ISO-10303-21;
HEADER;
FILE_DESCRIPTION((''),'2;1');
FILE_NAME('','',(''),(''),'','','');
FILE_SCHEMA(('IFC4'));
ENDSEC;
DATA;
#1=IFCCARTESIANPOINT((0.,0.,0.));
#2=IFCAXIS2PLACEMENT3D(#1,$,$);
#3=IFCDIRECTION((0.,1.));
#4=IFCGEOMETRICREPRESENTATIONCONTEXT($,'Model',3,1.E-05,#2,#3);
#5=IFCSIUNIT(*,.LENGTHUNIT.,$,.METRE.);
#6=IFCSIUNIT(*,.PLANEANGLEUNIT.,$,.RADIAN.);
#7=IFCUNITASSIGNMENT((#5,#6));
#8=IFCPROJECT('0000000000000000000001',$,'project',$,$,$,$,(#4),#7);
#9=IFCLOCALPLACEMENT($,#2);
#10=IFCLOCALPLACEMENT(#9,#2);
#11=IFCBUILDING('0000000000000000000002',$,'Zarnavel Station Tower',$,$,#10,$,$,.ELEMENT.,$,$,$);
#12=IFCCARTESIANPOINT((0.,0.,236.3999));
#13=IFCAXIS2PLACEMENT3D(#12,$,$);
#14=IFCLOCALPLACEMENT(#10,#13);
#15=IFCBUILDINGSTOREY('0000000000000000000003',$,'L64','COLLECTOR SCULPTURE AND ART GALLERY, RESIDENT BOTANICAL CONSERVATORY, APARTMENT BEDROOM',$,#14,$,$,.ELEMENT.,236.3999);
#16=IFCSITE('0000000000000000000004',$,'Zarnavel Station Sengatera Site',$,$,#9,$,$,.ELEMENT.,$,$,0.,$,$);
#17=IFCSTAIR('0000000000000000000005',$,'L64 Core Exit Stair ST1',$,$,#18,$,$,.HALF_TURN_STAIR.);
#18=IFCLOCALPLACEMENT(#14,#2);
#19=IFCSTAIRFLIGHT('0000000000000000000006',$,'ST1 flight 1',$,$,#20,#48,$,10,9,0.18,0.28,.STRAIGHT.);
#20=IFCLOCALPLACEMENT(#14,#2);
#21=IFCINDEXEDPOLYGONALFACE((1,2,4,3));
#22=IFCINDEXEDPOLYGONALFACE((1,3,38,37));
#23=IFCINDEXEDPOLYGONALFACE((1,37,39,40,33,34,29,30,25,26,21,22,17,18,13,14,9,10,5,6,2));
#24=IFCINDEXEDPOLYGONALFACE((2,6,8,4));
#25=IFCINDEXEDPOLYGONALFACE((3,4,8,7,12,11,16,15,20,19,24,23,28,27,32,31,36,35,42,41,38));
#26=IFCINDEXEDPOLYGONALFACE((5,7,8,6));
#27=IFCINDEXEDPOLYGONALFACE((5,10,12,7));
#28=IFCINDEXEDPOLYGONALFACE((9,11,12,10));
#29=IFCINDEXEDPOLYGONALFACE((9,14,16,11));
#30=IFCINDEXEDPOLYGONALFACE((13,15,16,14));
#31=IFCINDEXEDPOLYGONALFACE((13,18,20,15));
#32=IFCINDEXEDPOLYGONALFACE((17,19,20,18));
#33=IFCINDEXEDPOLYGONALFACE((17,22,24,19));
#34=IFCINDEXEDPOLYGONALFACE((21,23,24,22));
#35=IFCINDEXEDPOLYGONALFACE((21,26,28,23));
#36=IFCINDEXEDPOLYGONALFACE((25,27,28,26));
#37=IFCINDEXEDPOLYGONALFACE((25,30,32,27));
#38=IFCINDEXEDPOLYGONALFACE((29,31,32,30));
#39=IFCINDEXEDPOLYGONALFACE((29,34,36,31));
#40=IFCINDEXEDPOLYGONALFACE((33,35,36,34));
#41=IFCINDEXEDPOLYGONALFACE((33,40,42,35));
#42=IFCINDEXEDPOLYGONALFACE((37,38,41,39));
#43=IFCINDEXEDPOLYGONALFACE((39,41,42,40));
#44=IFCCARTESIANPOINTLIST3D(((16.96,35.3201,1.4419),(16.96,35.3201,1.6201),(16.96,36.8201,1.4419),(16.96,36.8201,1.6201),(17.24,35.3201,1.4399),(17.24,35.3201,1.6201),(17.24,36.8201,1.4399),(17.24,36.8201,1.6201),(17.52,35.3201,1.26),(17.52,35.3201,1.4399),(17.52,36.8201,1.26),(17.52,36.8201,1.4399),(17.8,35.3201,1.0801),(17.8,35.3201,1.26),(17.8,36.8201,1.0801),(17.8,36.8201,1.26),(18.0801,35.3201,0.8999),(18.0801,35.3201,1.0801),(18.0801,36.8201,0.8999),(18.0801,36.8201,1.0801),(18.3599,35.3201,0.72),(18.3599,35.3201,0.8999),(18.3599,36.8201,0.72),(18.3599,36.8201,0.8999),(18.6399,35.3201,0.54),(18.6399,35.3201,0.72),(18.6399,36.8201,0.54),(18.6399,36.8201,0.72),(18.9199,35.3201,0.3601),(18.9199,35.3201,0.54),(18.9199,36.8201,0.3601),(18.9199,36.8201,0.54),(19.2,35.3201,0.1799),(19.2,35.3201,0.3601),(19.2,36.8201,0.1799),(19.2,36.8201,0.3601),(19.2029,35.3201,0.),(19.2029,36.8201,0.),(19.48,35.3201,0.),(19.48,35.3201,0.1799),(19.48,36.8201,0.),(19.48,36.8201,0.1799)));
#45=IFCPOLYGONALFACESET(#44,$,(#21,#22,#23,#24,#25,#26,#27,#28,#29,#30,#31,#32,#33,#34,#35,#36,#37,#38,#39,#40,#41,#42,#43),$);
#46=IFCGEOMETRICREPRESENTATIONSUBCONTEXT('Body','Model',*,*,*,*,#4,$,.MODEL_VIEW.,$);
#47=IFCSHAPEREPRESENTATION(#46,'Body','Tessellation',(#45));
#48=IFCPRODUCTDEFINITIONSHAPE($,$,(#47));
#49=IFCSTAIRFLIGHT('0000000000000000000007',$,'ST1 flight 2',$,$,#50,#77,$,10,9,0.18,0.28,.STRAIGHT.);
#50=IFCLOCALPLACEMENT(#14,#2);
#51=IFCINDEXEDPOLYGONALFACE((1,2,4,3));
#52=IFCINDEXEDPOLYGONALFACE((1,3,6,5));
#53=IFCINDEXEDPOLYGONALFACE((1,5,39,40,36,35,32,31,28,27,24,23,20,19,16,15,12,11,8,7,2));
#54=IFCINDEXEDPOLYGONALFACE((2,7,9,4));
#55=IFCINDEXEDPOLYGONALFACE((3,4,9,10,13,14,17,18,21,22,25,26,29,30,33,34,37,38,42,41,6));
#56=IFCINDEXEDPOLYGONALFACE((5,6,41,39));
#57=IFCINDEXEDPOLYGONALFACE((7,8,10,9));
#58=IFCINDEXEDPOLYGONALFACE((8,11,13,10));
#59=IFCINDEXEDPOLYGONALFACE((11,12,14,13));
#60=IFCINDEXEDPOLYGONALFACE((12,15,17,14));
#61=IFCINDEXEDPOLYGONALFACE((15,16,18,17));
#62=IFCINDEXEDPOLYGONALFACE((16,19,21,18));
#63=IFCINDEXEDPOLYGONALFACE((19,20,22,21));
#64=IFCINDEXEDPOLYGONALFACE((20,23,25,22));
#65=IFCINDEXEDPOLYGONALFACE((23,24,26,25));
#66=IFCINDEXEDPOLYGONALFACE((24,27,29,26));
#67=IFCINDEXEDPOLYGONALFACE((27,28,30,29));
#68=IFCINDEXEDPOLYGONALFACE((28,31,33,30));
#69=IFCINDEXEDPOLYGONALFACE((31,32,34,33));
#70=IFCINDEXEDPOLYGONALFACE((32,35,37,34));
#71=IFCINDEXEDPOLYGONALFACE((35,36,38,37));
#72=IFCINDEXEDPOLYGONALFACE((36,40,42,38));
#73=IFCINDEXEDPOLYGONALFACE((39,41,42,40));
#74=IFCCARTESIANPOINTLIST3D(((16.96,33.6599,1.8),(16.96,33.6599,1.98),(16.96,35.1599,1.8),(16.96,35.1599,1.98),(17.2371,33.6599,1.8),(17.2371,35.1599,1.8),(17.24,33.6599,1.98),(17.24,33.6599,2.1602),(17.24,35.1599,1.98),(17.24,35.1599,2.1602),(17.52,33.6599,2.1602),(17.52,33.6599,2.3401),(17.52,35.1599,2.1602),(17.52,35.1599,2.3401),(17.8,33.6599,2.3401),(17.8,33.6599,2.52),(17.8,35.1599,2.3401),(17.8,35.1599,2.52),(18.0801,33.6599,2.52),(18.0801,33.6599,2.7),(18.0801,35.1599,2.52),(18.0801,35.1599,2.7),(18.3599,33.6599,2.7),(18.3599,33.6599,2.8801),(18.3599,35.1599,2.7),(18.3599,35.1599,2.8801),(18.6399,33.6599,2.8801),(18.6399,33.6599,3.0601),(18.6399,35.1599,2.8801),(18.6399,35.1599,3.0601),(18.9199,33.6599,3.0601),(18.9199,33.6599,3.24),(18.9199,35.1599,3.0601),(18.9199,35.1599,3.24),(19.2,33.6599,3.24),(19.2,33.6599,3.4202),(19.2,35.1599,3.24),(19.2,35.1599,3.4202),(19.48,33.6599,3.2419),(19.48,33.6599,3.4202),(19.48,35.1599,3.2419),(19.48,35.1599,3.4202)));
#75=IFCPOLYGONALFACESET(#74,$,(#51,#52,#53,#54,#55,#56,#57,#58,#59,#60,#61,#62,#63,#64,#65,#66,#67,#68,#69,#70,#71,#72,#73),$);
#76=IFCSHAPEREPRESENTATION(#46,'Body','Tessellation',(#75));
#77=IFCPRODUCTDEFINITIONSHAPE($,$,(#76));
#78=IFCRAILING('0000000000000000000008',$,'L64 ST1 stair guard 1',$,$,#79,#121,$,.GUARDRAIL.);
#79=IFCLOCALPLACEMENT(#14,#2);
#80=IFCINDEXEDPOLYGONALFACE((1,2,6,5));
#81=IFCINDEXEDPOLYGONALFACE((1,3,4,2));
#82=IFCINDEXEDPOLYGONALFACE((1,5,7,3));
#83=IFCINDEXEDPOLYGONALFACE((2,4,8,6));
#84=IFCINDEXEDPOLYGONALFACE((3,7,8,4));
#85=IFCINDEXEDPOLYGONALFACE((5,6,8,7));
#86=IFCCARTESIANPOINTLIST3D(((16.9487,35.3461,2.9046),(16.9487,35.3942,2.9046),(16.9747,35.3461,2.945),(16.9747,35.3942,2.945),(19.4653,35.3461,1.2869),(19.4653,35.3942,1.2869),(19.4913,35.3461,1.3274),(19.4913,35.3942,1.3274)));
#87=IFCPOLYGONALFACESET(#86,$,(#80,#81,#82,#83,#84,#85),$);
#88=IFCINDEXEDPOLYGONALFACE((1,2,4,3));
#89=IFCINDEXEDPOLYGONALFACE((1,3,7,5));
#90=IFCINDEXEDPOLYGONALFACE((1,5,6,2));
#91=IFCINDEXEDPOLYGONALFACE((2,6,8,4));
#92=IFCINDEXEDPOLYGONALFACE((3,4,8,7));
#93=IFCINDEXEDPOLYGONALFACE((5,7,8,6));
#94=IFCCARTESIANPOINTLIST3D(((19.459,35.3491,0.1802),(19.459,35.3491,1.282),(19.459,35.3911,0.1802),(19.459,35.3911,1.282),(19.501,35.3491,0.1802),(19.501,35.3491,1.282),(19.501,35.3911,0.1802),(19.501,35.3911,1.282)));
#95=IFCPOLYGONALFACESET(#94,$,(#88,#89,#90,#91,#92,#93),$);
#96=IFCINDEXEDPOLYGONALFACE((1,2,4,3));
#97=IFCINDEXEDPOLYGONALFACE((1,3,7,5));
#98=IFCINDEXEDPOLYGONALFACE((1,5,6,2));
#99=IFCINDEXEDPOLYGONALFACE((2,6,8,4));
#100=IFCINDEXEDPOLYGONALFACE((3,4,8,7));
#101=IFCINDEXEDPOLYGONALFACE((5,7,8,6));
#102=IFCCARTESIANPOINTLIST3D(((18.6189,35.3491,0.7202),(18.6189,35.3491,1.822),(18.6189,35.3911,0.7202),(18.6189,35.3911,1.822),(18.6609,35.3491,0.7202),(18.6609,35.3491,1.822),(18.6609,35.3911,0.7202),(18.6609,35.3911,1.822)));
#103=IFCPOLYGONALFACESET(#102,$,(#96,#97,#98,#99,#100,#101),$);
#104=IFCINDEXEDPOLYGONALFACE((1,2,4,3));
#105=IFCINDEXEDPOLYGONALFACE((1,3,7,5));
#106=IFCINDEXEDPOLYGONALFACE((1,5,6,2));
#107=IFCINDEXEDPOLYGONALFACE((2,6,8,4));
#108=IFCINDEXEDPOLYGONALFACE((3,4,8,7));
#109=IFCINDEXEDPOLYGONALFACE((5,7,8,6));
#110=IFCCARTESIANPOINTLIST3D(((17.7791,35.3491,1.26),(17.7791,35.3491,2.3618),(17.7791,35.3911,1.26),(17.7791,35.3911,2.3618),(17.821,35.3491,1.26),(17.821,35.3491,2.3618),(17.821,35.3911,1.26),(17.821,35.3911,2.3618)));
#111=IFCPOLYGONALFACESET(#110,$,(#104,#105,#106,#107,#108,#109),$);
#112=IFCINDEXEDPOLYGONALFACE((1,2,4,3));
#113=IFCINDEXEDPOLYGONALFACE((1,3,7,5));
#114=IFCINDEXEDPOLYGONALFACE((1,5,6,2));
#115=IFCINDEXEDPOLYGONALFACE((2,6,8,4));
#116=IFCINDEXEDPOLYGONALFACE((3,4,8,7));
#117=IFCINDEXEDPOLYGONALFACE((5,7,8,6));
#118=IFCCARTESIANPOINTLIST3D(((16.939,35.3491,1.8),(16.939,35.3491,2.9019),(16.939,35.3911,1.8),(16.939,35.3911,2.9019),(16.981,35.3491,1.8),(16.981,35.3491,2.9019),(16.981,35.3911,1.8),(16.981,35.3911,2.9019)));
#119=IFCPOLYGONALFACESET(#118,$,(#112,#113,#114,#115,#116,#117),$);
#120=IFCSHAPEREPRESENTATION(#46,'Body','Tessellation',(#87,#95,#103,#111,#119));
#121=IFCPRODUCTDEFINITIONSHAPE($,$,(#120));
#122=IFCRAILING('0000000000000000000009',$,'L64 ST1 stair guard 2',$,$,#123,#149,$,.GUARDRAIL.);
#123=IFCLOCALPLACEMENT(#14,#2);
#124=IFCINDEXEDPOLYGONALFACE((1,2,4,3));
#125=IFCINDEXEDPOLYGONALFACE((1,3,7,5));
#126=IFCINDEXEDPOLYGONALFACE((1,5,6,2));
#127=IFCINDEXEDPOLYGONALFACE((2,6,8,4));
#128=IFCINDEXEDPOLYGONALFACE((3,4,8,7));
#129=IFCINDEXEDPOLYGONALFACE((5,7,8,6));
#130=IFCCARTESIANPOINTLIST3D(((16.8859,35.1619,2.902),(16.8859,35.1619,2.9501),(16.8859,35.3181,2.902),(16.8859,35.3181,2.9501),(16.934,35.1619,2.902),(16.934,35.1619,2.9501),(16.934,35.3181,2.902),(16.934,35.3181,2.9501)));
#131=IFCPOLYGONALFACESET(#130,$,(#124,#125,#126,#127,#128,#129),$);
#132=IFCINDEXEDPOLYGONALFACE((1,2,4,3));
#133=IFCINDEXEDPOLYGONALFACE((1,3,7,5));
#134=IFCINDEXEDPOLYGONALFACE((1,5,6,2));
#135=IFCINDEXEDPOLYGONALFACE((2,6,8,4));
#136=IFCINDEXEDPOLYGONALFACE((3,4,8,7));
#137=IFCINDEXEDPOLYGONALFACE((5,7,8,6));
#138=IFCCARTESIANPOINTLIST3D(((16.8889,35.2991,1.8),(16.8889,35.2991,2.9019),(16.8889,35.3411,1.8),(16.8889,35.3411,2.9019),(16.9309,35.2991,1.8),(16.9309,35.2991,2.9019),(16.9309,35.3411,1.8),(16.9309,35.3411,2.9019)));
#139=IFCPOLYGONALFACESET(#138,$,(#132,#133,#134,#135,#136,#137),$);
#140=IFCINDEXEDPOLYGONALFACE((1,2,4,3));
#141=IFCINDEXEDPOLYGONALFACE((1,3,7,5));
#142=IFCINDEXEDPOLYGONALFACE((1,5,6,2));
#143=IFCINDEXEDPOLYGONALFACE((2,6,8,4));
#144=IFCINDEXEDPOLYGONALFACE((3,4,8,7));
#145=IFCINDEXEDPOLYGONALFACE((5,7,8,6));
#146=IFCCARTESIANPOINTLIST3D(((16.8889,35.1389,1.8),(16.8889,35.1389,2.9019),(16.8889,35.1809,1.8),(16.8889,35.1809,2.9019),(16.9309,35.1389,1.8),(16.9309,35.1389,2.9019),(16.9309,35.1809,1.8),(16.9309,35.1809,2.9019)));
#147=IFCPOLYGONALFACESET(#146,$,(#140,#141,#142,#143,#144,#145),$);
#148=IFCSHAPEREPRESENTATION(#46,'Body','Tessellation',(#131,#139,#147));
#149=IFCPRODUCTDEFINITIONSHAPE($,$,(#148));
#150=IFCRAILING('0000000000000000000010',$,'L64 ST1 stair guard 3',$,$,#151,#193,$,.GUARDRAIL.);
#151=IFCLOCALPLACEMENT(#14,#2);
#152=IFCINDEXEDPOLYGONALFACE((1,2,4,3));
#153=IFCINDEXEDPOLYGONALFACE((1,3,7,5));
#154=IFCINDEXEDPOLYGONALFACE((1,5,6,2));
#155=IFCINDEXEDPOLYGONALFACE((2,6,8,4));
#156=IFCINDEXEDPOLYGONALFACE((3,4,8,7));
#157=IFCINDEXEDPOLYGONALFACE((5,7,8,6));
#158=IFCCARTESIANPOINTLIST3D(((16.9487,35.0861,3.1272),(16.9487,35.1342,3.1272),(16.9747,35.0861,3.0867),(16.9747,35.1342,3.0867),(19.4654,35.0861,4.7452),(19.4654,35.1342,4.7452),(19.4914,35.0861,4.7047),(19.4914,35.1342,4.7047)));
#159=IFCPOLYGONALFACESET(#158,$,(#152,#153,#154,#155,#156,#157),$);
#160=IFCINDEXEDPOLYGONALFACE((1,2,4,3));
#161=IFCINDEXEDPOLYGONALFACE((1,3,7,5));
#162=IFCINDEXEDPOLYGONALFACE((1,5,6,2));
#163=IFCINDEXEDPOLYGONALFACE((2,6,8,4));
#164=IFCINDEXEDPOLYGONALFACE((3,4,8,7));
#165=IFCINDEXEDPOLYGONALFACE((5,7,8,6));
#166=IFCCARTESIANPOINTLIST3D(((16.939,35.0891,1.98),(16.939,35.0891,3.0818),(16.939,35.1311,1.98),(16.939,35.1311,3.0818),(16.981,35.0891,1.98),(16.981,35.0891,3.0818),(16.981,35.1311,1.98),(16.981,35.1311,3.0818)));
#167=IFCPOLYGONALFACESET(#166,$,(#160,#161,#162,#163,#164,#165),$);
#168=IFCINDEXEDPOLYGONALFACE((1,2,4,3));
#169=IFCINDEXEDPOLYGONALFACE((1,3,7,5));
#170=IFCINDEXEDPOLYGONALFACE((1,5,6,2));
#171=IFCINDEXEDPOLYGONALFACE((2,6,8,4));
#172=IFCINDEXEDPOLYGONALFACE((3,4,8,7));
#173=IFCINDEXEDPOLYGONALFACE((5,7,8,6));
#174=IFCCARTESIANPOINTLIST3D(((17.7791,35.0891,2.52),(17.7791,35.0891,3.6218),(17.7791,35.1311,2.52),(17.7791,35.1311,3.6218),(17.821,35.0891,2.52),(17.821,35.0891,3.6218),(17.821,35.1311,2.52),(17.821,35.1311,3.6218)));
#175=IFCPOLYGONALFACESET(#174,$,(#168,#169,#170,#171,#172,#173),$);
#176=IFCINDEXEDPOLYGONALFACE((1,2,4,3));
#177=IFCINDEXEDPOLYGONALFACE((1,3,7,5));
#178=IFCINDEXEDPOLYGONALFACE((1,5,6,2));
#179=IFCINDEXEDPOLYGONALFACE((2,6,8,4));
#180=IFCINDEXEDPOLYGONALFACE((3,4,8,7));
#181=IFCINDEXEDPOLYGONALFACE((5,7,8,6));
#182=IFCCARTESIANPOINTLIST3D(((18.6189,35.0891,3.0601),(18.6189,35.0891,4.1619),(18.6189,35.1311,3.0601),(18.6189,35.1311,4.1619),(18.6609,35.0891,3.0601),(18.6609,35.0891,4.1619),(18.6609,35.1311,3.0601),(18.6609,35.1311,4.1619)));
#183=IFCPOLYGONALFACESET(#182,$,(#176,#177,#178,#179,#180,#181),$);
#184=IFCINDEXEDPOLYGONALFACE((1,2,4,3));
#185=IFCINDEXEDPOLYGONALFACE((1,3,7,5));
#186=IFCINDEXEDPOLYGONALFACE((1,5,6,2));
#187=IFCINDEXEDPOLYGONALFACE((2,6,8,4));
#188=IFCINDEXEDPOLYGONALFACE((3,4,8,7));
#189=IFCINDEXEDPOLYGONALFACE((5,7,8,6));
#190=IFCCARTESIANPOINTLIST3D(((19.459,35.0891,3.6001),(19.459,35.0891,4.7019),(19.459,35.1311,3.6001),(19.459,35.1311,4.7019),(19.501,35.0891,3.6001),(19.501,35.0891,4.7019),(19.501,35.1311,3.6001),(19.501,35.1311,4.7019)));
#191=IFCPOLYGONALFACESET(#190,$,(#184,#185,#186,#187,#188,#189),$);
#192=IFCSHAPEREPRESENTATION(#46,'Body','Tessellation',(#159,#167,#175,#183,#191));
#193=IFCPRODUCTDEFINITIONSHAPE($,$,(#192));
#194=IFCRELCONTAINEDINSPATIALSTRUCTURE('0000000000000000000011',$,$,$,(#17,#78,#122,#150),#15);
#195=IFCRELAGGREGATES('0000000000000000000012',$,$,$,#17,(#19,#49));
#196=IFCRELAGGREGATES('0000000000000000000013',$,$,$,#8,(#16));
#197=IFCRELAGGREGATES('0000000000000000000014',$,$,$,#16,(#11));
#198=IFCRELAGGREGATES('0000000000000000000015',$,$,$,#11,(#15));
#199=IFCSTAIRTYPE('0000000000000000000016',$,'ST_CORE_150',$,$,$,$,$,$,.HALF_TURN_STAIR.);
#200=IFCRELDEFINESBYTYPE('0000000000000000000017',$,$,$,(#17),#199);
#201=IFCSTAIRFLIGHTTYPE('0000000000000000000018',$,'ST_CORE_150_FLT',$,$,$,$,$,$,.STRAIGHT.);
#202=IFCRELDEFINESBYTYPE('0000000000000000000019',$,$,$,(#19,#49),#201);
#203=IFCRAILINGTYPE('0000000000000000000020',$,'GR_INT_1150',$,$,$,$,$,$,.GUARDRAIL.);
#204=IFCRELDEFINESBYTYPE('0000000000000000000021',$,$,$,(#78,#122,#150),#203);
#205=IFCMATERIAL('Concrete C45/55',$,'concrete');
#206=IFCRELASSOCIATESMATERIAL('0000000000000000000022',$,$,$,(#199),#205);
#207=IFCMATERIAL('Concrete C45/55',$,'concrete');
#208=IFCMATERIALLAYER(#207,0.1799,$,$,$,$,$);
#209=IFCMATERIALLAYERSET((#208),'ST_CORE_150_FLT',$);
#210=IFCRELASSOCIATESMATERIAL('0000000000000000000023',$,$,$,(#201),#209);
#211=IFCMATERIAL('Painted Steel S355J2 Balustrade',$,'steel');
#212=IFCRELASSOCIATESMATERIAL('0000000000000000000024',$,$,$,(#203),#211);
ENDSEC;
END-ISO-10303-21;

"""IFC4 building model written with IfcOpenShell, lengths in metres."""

from ifc_helpers import new_model, si_unit, direction, frame, origin, origin_2d, place, context, subcontext, project, spatial, polyline, rectangle, outline, extrude, material, layer, layer_set, type_object, element, aggregate, save


model = new_model("IFC4")

# Units and contexts
model_context = context("Model", 3, precision=1e-05, world=origin(), true_north=direction((0.0, 1.0)))
body_context = subcontext(model_context, "Body", "Model", "MODEL_VIEW")
ifc_project = project(units=[si_unit("LENGTHUNIT", "METRE"), si_unit("PLANEANGLEUNIT", "RADIAN")], contexts=[model_context])

# Site, building, storey
site_placement = place(None, origin())
site = spatial("IfcSite", under=ifc_project, at=site_placement, Name="Zarnavel Station Sengatera Site", CompositionType="ELEMENT", RefElevation=0.0)
building_placement = place(site_placement, origin())
building = spatial("IfcBuilding", under=site, at=building_placement, Name="Zarnavel Station Tower", CompositionType="ELEMENT")
storey_placement = place(building_placement, frame((0.0, 0.0, 236.3999)))
storey = spatial("IfcBuildingStorey", under=building, at=storey_placement, Name="L64", Description="COLLECTOR SCULPTURE AND ART GALLERY, RESIDENT BOTANICAL CONSERVATORY, APARTMENT BEDROOM", CompositionType="ELEMENT", Elevation=236.3999)

# Stair, stair flights
ifc_material_1 = material(Name="Concrete C45/55", Category="concrete")
stair_type = type_object("IfcStairType", Name="ST_CORE_150", PredefinedType="HALF_TURN_STAIR", material=ifc_material_1)
stair_placement = place(storey_placement, origin())
stair = element("IfcStair", 1, at=stair_placement, inside=storey, type_object=stair_type, Name="L64 Core Exit Stair ST1", PredefinedType="HALF_TURN_STAIR")
ifc_material_2 = material(Name="Concrete C45/55", Category="concrete")
ifc_layer_1 = layer(ifc_material_2, 0.1799)
ifc_layer_set_1 = layer_set([ifc_layer_1], Name="ST_CORE_150_FLT")
stair_flight_type = type_object("IfcStairFlightType", Name="ST_CORE_150_FLT", PredefinedType="STRAIGHT", material=ifc_layer_set_1)
stair_flight_1_placement = place(storey_placement, frame((19.48, 36.0701, 0.0), z_axis=(0.0, 0.0, 1.0), x_axis=(-1.0, 0.0, 0.0)))
stair_flight_1 = element("IfcStairFlight", 2, at=stair_flight_1_placement, type_object=stair_flight_type, Name="ST1 flight 1", NumberOfRisers=10, NumberOfTreads=9, PredefinedType="STRAIGHT", RiserHeight=0.18, TreadLength=0.28, context=body_context, shape_type="SweptSolid", body=[
    extrude(outline(polyline([(0.0, 0.0), (0.0, 0.1799), (0.28, 0.1799), (0.28, 0.3601), (0.5601, 0.3601), (0.5601, 0.54), (0.8401, 0.54), (0.8401, 0.72), (1.1201, 0.72), (1.1201, 0.8999), (1.3999, 0.8999), (1.3999, 1.0801), (1.6799, 1.0801), (1.6799, 1.26), (1.96, 1.26), (1.96, 1.4399), (2.24, 1.4399), (2.24, 1.6201), (2.52, 1.6201), (2.52, 1.8), (2.52, 1.4419), (0.2771, 0.0), (0.0, 0.0)])), frame((0.0, 0.75, 0.0), z_axis=(0.0, -1.0, 0.0), x_axis=(1.0, 0.0, 0.0)), (0.0, 0.0, 1.0), 1.5),
])
stair_flight_2_placement = place(storey_placement, frame((16.96, 34.4099, 1.8), z_axis=(0.0, 0.0, 1.0), x_axis=(1.0, 0.0, 0.0)))
stair_flight_2 = element("IfcStairFlight", 3, at=stair_flight_2_placement, type_object=stair_flight_type, Name="ST1 flight 2", NumberOfRisers=10, NumberOfTreads=9, PredefinedType="STRAIGHT", RiserHeight=0.18, TreadLength=0.28, context=body_context, shape_type="SweptSolid", body=[
    extrude(outline(polyline([(0.0, 0.0), (0.0, 0.1799), (0.28, 0.1799), (0.28, 0.3601), (0.5601, 0.3601), (0.5601, 0.54), (0.8401, 0.54), (0.8401, 0.72), (1.1201, 0.72), (1.1201, 0.8999), (1.3999, 0.8999), (1.3999, 1.0801), (1.6799, 1.0801), (1.6799, 1.26), (1.96, 1.26), (1.96, 1.4399), (2.24, 1.4399), (2.24, 1.6201), (2.52, 1.6201), (2.52, 1.8), (2.52, 1.4419), (0.2771, 0.0), (0.0, 0.0)])), frame((0.0, 0.75, 0.0), z_axis=(0.0, -1.0, 0.0), x_axis=(1.0, 0.0, 0.0)), (0.0, 0.0, 1.0), 1.5),
])
aggregate(stair, [stair_flight_1, stair_flight_2])

# Railings
ifc_material_3 = material(Name="Painted Steel S355J2 Balustrade", Category="steel")
railing_type_1 = type_object("IfcRailingType", Name="GR_INT_1150", PredefinedType="GUARDRAIL", material=ifc_material_3)
railing_1_placement = place(storey_placement, frame((19.48, 35.3701, 0.1802)))
element("IfcRailing", 4, at=railing_1_placement, inside=storey, type_object=railing_type_1, Name="L64 ST1 stair guard 1", PredefinedType="GUARDRAIL", context=body_context, shape_type="SweptSolid", body=[
    extrude(rectangle(XDim=0.0481, YDim=0.0481, at=origin_2d()), frame((-0.0017, 0.0, 1.127), z_axis=(-0.8412, 0.0, 0.540725), x_axis=(0.0, -1.0, 0.0)), (0.0, 0.0, 1.0), 2.9917),
    extrude(rectangle(XDim=0.042, YDim=0.042, at=origin_2d()), origin(), (0.0, 0.0, 1.0), 1.1018),
    extrude(rectangle(XDim=0.042, YDim=0.042, at=origin_2d()), frame((-0.8401, 0.0, 0.54)), (0.0, 0.0, 1.0), 1.1018),
    extrude(rectangle(XDim=0.042, YDim=0.042, at=origin_2d()), frame((-1.6799, 0.0, 1.0798)), (0.0, 0.0, 1.0), 1.1018),
    extrude(rectangle(XDim=0.042, YDim=0.042, at=origin_2d()), frame((-2.52, 0.0, 1.6199)), (0.0, 0.0, 1.0), 1.1018),
])
railing_2_placement = place(storey_placement, frame((16.9099, 35.3201, 1.8)))
element("IfcRailing", 5, at=railing_2_placement, inside=storey, type_object=railing_type_1, Name="L64 ST1 stair guard 2", PredefinedType="GUARDRAIL", context=body_context, shape_type="SweptSolid", body=[
    extrude(rectangle(XDim=0.0481, YDim=0.0481, at=origin_2d()), frame((0.0, -0.002, 1.126), z_axis=(0.0, -1.0, 0.0), x_axis=(1.0, 0.0, 0.0)), (0.0, 0.0, 1.0), 0.1562),
    extrude(rectangle(XDim=0.042, YDim=0.042, at=origin_2d()), origin(), (0.0, 0.0, 1.0), 1.1018),
    extrude(rectangle(XDim=0.042, YDim=0.042, at=origin_2d()), frame((0.0, -0.1602, 0.0)), (0.0, 0.0, 1.0), 1.1018),
])
railing_3_placement = place(storey_placement, frame((16.96, 35.1101, 1.98)))
element("IfcRailing", 6, at=railing_3_placement, inside=storey, type_object=railing_type_1, Name="L64 ST1 stair guard 3", PredefinedType="GUARDRAIL", context=body_context, shape_type="SweptSolid", body=[
    extrude(rectangle(XDim=0.0481, YDim=0.0481, at=origin_2d()), frame((0.0017, 0.0, 1.127), z_axis=(0.841163, 0.0, 0.540782), x_axis=(0.0, 1.0, 0.0)), (0.0, 0.0, 1.0), 2.9919),
    extrude(rectangle(XDim=0.042, YDim=0.042, at=origin_2d()), origin(), (0.0, 0.0, 1.0), 1.1018),
    extrude(rectangle(XDim=0.042, YDim=0.042, at=origin_2d()), frame((0.8401, 0.0, 0.54)), (0.0, 0.0, 1.0), 1.1018),
    extrude(rectangle(XDim=0.042, YDim=0.042, at=origin_2d()), frame((1.6799, 0.0, 1.0801)), (0.0, 0.0, 1.0), 1.1018),
    extrude(rectangle(XDim=0.042, YDim=0.042, at=origin_2d()), frame((2.52, 0.0, 1.6201)), (0.0, 0.0, 1.0), 1.1018),
])

save(model, "model.ifc")
